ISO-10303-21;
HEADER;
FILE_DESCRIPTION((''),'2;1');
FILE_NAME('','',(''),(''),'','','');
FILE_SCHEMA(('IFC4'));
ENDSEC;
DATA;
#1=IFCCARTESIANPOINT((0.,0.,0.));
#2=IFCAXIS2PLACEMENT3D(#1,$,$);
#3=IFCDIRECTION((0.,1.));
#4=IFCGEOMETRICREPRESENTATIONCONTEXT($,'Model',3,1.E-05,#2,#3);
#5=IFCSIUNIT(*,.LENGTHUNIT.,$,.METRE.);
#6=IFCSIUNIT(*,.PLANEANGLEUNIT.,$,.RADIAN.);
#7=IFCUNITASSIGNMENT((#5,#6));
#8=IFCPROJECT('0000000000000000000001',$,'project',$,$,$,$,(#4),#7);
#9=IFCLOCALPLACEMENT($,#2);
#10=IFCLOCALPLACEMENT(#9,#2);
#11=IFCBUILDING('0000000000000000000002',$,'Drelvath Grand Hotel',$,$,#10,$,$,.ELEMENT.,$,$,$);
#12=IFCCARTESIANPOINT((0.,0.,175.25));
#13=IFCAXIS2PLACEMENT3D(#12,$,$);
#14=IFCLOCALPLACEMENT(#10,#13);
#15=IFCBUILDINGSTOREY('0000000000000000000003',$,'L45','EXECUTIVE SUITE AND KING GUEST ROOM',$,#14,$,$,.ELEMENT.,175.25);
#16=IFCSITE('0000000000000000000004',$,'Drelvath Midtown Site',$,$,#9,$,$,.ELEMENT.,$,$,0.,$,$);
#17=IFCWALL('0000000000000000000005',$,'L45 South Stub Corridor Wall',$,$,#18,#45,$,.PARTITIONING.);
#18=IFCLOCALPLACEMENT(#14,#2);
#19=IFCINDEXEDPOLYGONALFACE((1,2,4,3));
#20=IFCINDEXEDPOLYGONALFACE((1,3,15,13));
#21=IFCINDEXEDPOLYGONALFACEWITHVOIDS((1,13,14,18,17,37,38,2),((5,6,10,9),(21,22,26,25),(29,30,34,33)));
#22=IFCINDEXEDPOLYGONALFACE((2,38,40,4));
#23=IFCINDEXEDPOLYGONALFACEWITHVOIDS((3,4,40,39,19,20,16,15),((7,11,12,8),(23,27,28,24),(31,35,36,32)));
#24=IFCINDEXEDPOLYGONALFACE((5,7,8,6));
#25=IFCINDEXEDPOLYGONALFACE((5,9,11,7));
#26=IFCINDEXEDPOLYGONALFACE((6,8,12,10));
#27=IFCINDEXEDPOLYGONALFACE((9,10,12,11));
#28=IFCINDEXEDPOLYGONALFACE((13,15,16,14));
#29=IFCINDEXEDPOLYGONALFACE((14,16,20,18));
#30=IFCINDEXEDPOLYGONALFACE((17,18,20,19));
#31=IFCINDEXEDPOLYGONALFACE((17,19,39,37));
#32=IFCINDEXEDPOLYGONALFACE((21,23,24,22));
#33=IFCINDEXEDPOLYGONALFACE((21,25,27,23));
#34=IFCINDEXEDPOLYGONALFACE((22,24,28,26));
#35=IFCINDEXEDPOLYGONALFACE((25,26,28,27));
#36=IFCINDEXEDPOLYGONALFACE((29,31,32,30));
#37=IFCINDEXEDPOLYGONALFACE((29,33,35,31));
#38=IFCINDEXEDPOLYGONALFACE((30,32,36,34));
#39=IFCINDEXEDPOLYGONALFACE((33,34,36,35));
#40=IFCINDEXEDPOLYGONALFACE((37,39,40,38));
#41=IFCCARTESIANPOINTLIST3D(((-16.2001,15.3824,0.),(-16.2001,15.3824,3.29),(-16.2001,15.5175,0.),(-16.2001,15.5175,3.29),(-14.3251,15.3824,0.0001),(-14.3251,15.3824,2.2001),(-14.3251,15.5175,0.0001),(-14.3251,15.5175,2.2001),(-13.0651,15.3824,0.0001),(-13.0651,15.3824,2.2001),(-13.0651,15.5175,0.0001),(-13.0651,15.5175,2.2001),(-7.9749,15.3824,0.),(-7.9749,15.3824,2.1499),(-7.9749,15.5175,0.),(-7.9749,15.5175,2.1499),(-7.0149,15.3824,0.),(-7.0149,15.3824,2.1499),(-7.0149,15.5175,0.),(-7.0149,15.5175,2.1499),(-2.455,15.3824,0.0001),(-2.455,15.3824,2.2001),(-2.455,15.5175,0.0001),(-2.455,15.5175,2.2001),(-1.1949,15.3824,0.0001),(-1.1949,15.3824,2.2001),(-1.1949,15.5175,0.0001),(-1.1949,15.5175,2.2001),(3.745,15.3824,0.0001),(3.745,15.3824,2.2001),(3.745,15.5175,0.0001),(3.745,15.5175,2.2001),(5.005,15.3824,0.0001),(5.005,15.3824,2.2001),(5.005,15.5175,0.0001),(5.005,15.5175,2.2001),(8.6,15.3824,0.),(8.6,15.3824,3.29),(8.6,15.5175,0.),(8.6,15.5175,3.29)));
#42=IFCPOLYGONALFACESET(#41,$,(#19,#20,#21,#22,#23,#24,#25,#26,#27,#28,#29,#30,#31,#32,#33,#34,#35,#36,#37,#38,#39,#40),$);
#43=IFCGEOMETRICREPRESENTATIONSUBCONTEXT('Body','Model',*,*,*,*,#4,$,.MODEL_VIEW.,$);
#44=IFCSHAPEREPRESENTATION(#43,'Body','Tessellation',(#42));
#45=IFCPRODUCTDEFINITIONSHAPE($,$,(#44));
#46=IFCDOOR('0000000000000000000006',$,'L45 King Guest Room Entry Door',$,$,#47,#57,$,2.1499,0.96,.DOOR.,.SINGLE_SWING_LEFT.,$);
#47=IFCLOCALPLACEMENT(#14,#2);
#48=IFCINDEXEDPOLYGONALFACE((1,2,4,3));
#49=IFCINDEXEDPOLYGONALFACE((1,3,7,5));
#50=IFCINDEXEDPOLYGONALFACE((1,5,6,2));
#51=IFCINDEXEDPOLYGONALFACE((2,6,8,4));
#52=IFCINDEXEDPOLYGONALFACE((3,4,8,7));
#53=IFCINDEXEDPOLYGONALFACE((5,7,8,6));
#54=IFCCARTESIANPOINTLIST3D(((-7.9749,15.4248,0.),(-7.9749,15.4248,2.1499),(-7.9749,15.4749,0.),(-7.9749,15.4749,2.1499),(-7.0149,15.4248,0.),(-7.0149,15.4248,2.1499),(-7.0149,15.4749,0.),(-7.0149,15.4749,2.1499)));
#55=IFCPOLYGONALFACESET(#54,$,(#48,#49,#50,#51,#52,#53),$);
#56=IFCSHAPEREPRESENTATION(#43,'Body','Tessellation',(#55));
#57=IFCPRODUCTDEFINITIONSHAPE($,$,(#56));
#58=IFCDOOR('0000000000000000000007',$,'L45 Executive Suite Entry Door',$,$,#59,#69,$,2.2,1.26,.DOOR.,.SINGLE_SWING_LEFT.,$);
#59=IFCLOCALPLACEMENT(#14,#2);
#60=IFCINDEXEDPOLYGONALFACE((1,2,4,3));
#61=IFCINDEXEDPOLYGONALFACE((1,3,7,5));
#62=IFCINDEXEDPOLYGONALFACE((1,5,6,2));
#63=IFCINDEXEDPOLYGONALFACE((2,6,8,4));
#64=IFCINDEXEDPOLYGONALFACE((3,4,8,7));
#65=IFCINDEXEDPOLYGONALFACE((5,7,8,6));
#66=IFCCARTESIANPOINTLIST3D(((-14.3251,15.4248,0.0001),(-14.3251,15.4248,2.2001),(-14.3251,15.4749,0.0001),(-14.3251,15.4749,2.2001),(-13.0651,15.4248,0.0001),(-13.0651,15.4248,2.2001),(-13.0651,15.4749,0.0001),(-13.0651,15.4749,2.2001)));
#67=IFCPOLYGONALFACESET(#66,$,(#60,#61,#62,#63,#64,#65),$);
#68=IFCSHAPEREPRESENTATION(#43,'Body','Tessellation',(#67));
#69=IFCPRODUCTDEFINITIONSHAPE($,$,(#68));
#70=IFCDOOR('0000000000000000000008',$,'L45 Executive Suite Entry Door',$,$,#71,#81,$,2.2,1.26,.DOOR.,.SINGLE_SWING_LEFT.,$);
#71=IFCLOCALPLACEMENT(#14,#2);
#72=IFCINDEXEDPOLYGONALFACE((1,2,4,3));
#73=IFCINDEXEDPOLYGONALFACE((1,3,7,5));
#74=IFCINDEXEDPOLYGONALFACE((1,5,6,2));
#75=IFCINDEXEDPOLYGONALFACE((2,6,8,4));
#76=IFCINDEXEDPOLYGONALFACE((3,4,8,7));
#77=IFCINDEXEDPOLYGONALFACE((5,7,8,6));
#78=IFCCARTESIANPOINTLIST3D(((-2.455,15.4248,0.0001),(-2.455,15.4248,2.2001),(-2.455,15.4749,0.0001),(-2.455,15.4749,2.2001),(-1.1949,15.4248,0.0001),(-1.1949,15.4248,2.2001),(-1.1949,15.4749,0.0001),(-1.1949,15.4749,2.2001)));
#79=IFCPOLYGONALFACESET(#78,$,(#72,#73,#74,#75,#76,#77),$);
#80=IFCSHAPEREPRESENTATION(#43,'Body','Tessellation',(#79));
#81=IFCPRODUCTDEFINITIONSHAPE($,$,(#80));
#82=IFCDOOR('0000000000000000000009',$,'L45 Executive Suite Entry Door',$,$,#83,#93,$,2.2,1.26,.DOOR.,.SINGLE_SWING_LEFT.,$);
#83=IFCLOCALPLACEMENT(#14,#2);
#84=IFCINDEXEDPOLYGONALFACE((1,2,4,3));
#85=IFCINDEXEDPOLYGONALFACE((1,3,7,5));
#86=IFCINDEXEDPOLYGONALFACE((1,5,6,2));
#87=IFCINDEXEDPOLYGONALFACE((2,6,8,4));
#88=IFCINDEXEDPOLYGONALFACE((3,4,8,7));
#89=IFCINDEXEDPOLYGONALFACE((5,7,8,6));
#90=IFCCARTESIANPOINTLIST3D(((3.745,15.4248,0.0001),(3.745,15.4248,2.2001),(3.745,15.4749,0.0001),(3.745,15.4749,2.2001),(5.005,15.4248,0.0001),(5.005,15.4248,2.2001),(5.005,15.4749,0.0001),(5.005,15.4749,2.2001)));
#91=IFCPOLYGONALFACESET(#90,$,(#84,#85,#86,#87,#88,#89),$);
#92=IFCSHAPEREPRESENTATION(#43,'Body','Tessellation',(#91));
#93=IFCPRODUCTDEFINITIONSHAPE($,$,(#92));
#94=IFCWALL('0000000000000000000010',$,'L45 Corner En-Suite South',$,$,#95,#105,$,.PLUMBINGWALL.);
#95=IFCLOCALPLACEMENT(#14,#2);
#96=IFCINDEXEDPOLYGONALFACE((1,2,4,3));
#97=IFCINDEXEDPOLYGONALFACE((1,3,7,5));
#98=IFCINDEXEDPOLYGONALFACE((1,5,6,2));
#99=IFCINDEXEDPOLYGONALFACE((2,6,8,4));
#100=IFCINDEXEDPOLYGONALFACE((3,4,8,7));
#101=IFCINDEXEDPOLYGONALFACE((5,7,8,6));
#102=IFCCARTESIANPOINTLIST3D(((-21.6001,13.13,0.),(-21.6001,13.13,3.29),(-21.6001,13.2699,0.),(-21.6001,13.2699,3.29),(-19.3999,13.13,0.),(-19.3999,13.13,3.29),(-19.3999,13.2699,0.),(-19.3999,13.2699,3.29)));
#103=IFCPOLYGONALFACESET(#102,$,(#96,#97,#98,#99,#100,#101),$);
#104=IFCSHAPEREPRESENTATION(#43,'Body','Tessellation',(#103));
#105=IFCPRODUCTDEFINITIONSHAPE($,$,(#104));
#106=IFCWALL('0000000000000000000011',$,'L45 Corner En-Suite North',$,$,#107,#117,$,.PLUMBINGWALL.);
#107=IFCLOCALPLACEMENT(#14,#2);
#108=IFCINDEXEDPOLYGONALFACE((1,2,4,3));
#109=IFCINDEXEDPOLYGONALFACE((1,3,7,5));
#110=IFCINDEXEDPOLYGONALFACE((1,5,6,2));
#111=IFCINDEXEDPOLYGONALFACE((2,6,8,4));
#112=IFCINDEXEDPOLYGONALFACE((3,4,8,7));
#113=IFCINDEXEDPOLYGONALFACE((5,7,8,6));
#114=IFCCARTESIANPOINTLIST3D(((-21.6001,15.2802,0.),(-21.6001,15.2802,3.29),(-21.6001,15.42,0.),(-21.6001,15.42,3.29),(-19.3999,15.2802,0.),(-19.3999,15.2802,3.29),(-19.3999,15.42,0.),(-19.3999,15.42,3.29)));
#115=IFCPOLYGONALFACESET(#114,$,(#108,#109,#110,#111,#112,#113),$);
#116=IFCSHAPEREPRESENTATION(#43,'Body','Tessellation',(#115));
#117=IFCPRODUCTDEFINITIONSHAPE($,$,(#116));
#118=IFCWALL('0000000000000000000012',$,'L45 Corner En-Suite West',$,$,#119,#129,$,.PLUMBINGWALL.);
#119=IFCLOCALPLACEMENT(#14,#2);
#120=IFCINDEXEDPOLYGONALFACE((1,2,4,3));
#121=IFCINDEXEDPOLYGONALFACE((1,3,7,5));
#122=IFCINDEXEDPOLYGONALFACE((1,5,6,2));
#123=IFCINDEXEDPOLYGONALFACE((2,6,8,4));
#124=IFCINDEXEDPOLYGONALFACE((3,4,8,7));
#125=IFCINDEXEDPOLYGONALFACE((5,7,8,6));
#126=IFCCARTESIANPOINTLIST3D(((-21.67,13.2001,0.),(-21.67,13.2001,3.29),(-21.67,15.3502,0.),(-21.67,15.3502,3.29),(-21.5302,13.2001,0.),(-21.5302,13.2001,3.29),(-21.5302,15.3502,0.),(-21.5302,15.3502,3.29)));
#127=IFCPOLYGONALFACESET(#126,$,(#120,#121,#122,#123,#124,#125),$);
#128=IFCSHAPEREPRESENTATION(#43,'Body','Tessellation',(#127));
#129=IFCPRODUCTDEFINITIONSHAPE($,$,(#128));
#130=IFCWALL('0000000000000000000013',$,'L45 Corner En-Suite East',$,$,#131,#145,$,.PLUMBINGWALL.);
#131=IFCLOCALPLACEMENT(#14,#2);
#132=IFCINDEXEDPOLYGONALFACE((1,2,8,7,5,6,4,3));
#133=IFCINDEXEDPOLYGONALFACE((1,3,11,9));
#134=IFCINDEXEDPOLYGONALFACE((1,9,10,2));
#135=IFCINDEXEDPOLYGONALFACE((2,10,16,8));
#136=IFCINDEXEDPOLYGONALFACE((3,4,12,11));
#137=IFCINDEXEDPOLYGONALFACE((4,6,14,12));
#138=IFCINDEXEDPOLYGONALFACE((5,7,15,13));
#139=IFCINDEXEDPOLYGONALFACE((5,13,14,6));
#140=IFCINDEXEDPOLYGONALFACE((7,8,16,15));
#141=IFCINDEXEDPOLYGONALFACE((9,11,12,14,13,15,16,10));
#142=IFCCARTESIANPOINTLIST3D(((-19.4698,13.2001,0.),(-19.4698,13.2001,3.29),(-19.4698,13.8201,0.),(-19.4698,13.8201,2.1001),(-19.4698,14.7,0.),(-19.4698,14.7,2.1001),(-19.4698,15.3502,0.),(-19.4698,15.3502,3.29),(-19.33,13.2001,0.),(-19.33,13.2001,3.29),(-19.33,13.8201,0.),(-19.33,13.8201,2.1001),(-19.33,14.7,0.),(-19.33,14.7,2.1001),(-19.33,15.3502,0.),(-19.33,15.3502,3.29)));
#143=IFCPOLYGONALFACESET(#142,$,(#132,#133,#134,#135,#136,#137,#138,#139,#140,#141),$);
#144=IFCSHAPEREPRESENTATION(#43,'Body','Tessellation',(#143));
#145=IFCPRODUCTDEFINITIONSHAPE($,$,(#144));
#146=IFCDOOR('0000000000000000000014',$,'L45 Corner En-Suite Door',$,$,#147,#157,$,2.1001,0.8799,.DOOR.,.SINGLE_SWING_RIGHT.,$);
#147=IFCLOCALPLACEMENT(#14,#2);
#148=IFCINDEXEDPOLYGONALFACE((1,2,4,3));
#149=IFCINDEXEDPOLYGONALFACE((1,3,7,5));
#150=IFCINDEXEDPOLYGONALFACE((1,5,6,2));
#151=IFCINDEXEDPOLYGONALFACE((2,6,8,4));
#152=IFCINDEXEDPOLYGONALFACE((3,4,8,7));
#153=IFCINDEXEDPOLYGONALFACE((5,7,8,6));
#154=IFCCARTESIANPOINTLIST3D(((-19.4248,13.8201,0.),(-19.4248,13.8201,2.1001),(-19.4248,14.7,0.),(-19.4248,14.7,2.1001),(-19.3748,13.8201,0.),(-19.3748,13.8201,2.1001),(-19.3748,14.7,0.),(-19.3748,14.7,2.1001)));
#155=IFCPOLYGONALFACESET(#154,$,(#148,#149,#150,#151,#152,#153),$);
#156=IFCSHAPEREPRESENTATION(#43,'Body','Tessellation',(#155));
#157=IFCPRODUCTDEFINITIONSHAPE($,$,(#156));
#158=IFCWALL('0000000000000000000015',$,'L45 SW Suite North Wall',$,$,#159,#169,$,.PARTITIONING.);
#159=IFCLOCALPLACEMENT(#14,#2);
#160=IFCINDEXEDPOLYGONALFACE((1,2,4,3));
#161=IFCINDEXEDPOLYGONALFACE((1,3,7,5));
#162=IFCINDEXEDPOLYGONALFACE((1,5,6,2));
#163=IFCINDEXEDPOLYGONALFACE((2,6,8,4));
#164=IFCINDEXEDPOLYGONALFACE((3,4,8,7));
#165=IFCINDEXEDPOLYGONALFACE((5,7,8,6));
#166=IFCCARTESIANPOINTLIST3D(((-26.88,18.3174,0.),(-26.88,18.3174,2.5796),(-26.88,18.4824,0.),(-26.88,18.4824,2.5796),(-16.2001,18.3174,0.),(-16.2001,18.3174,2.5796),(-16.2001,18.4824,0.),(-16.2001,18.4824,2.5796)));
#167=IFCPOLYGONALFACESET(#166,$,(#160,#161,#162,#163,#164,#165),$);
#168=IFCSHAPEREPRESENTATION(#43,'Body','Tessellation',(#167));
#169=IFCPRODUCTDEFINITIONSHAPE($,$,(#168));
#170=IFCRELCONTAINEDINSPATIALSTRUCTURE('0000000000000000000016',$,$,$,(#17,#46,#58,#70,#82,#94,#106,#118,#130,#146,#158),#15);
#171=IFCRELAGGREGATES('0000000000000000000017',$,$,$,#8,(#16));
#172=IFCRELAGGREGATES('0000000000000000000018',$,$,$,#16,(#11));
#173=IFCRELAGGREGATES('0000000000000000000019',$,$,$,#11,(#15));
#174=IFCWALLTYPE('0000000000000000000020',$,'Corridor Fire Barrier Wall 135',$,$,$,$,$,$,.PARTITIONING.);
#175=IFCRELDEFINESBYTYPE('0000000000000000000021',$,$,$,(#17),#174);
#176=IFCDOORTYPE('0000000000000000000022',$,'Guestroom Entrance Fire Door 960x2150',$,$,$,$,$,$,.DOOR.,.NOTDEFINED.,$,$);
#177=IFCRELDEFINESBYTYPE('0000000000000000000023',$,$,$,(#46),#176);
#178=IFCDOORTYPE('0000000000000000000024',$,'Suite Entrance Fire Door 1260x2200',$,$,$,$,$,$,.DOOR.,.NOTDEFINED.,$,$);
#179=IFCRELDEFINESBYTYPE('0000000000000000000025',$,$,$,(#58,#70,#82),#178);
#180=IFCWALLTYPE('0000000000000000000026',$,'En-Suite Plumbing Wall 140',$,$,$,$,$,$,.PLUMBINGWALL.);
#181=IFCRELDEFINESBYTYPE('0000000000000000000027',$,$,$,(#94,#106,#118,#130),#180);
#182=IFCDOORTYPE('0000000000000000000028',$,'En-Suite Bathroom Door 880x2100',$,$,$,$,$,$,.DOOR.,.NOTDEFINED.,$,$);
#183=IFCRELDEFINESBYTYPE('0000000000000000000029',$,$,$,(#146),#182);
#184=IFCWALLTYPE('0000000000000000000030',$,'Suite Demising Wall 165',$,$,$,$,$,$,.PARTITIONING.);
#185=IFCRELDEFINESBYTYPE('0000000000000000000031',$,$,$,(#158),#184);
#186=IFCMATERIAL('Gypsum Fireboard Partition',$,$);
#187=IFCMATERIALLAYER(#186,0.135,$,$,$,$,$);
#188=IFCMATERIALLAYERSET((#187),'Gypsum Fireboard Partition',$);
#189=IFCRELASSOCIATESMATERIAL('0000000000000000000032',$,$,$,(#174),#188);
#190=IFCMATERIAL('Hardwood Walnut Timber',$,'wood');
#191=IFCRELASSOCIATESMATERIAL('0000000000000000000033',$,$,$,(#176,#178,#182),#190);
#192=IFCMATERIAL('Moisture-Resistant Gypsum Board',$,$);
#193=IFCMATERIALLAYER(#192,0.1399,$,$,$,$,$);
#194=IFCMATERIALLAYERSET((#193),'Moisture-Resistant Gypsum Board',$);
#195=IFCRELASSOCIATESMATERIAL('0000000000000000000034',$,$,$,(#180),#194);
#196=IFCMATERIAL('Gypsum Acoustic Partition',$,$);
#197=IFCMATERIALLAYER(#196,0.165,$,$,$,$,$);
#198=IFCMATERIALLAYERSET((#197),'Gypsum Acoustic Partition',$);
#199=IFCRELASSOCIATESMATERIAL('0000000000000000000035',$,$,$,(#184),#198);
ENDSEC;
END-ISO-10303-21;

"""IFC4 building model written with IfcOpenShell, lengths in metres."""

from ifc_helpers import new_model, si_unit, direction, frame, frame_2d, origin, place, context, subcontext, project, spatial, rectangle, extrude, material, layer, layer_set, type_object, element, fill, save


model = new_model("IFC4")

# Units and contexts
model_context = context("Model", 3, precision=1e-05, world=origin(), true_north=direction((0.0, 1.0)))
body_context = subcontext(model_context, "Body", "Model", "MODEL_VIEW")
ifc_project = project(units=[si_unit("LENGTHUNIT", "METRE"), si_unit("PLANEANGLEUNIT", "RADIAN")], contexts=[model_context])

# Site, building, storey
site_placement = place(None, origin())
site = spatial("IfcSite", under=ifc_project, at=site_placement, Name="Drelvath Midtown Site", CompositionType="ELEMENT", RefElevation=0.0)
building_placement = place(site_placement, origin())
building = spatial("IfcBuilding", under=site, at=building_placement, Name="Drelvath Grand Hotel", CompositionType="ELEMENT")
storey_placement = place(building_placement, frame((0.0, 0.0, 175.25)))
storey = spatial("IfcBuildingStorey", under=building, at=storey_placement, Name="L45", Description="EXECUTIVE SUITE AND KING GUEST ROOM", CompositionType="ELEMENT", Elevation=175.25)

# Wall, openings, doors
ifc_material_1 = material(Name="Gypsum Fireboard Partition")
ifc_layer_1 = layer(ifc_material_1, 0.135)
ifc_layer_set_1 = layer_set([ifc_layer_1], Name="Gypsum Fireboard Partition")
wall_type_1 = type_object("IfcWallType", Name="Corridor Fire Barrier Wall 135", PredefinedType="PARTITIONING", material=ifc_layer_set_1)
wall_1_placement = place(storey_placement, frame((-16.2, 15.45, 0.0), z_axis=(0.0, 0.0, 1.0), x_axis=(1.0, 0.0, 0.0)))
wall_1 = element("IfcWall", 1, at=wall_1_placement, inside=storey, type_object=wall_type_1, Name="L45 South Stub Corridor Wall", PredefinedType="PARTITIONING", context=body_context, shape_type="SweptSolid", body=[
    extrude(rectangle(XDim=24.8, YDim=0.135, at=frame_2d((12.3999, 0.0))), origin(), (0.0, 0.0, 1.0), 3.29),
])
opening_1_placement = place(wall_1_placement, frame((1.875, 0.0, 0.0)))
opening_1 = element("IfcOpeningElement", 2, at=opening_1_placement, cuts=wall_1, PredefinedType="OPENING", context=body_context, shape_type="SweptSolid", body=[
    extrude(rectangle(XDim=1.26, YDim=2.2, at=frame_2d((0.6299, 1.1001))), frame((0.0, 0.0774, 0.0), z_axis=(0.0, -1.0, 0.0), x_axis=(1.0, 0.0, 0.0)), (0.0, 0.0, 1.0), 0.155),
])
opening_2_placement = place(wall_1_placement, frame((8.2251, 0.0, 0.0)))
opening_2 = element("IfcOpeningElement", 3, at=opening_2_placement, cuts=wall_1, PredefinedType="OPENING", context=body_context, shape_type="SweptSolid", body=[
    extrude(rectangle(XDim=0.96, YDim=2.1499, at=frame_2d((0.48, 1.075))), frame((0.0, 0.0774, 0.0), z_axis=(0.0, -1.0, 0.0), x_axis=(1.0, 0.0, 0.0)), (0.0, 0.0, 1.0), 0.155),
])
opening_3_placement = place(wall_1_placement, frame((13.7451, 0.0, 0.0)))
opening_3 = element("IfcOpeningElement", 4, at=opening_3_placement, cuts=wall_1, PredefinedType="OPENING", context=body_context, shape_type="SweptSolid", body=[
    extrude(rectangle(XDim=1.26, YDim=2.2, at=frame_2d((0.6299, 1.1001))), frame((0.0, 0.0774, 0.0), z_axis=(0.0, -1.0, 0.0), x_axis=(1.0, 0.0, 0.0)), (0.0, 0.0, 1.0), 0.155),
])
opening_4_placement = place(wall_1_placement, frame((19.9451, 0.0, 0.0)))
opening_4 = element("IfcOpeningElement", 5, at=opening_4_placement, cuts=wall_1, PredefinedType="OPENING", context=body_context, shape_type="SweptSolid", body=[
    extrude(rectangle(XDim=1.26, YDim=2.2, at=frame_2d((0.6299, 1.1001))), frame((0.0, 0.0774, 0.0), z_axis=(0.0, -1.0, 0.0), x_axis=(1.0, 0.0, 0.0)), (0.0, 0.0, 1.0), 0.155),
])
ifc_material_2 = material(Name="Hardwood Walnut Timber", Category="wood")
door_type_1 = type_object("IfcDoorType", Name="Guestroom Entrance Fire Door 960x2150", OperationType="NOTDEFINED", PredefinedType="DOOR", material=ifc_material_2)
door_1_placement = place(opening_2_placement, origin())
door_1 = element("IfcDoor", 6, at=door_1_placement, inside=storey, type_object=door_type_1, Name="L45 King Guest Room Entry Door", OperationType="SINGLE_SWING_LEFT", OverallHeight=2.1499, OverallWidth=0.96, PredefinedType="DOOR", context=body_context, shape_type="SweptSolid", body=[
    extrude(rectangle(XDim=0.96, YDim=2.1499, at=frame_2d((0.48, 1.075))), frame((0.0, 0.0249, 0.0), z_axis=(0.0, -1.0, 0.0), x_axis=(1.0, 0.0, 0.0)), (0.0, 0.0, 1.0), 0.05),
])
fill(opening_2, door_1)
door_type_2 = type_object("IfcDoorType", Name="Suite Entrance Fire Door 1260x2200", OperationType="NOTDEFINED", PredefinedType="DOOR", material=ifc_material_2)
door_2_placement = place(opening_1_placement, origin())
door_2 = element("IfcDoor", 7, at=door_2_placement, inside=storey, type_object=door_type_2, Name="L45 Executive Suite Entry Door", OperationType="SINGLE_SWING_LEFT", OverallHeight=2.2, OverallWidth=1.26, PredefinedType="DOOR", context=body_context, shape_type="SweptSolid", body=[
    extrude(rectangle(XDim=1.26, YDim=2.2, at=frame_2d((0.6299, 1.1001))), frame((0.0, 0.0249, 0.0), z_axis=(0.0, -1.0, 0.0), x_axis=(1.0, 0.0, 0.0)), (0.0, 0.0, 1.0), 0.05),
])
fill(opening_1, door_2)
door_3_placement = place(opening_3_placement, origin())
door_3 = element("IfcDoor", 8, at=door_3_placement, inside=storey, type_object=door_type_2, Name="L45 Executive Suite Entry Door", OperationType="SINGLE_SWING_LEFT", OverallHeight=2.2, OverallWidth=1.26, PredefinedType="DOOR", context=body_context, shape_type="SweptSolid", body=[
    extrude(rectangle(XDim=1.26, YDim=2.2, at=frame_2d((0.6299, 1.1001))), frame((0.0, 0.0249, 0.0), z_axis=(0.0, -1.0, 0.0), x_axis=(1.0, 0.0, 0.0)), (0.0, 0.0, 1.0), 0.05),
])
fill(opening_3, door_3)
door_4_placement = place(opening_4_placement, origin())
door_4 = element("IfcDoor", 9, at=door_4_placement, inside=storey, type_object=door_type_2, Name="L45 Executive Suite Entry Door", OperationType="SINGLE_SWING_LEFT", OverallHeight=2.2, OverallWidth=1.26, PredefinedType="DOOR", context=body_context, shape_type="SweptSolid", body=[
    extrude(rectangle(XDim=1.26, YDim=2.2, at=frame_2d((0.6299, 1.1001))), frame((0.0, 0.0249, 0.0), z_axis=(0.0, -1.0, 0.0), x_axis=(1.0, 0.0, 0.0)), (0.0, 0.0, 1.0), 0.05),
])
fill(opening_4, door_4)

# Walls
ifc_material_3 = material(Name="Moisture-Resistant Gypsum Board")
ifc_layer_2 = layer(ifc_material_3, 0.1399)
ifc_layer_set_2 = layer_set([ifc_layer_2], Name="Moisture-Resistant Gypsum Board")
wall_type_2 = type_object("IfcWallType", Name="En-Suite Plumbing Wall 140", PredefinedType="PLUMBINGWALL", material=ifc_layer_set_2)
for number, where, z_axis, x_axis, name in (
    (10, (-21.6001, 13.2, 0.0), (0.0, 0.0, 1.0), (1.0, 0.0, 0.0), "L45 Corner En-Suite South"),
    (11, (-21.6001, 15.3501, 0.0), (0.0, 0.0, 1.0), (1.0, 0.0, 0.0), "L45 Corner En-Suite North"),
):
    element("IfcWall", number, at=place(storey_placement, frame(where, z_axis=z_axis, x_axis=x_axis)), inside=storey, type_object=wall_type_2, Name=name, PredefinedType="PLUMBINGWALL", context=body_context, shape_type="SweptSolid", body=[
        extrude(rectangle(XDim=2.2002, YDim=0.1399, at=frame_2d((1.1001, 0.0))), origin(), (0.0, 0.0, 1.0), 3.29),
    ])
wall_2_placement = place(storey_placement, frame((-21.6001, 13.2, 0.0), z_axis=(0.0, 0.0, 1.0), x_axis=(0.0, 1.0, 0.0)))
element("IfcWall", 12, at=wall_2_placement, inside=storey, type_object=wall_type_2, Name="L45 Corner En-Suite West", PredefinedType="PLUMBINGWALL", context=body_context, shape_type="SweptSolid", body=[
    extrude(rectangle(XDim=2.1501, YDim=0.1399, at=frame_2d((1.0752, 0.0))), origin(), (0.0, 0.0, 1.0), 3.29),
])

# Wall, opening, door
wall_3_placement = place(storey_placement, frame((-19.3999, 13.2, 0.0), z_axis=(0.0, 0.0, 1.0), x_axis=(0.0, 1.0, 0.0)))
wall_3 = element("IfcWall", 13, at=wall_3_placement, inside=storey, type_object=wall_type_2, Name="L45 Corner En-Suite East", PredefinedType="PLUMBINGWALL", context=body_context, shape_type="SweptSolid", body=[
    extrude(rectangle(XDim=2.1501, YDim=0.1399, at=frame_2d((1.0752, 0.0))), origin(), (0.0, 0.0, 1.0), 3.29),
])
opening_5_placement = place(wall_3_placement, frame((0.6201, 0.0, 0.0)))
opening_5 = element("IfcOpeningElement", 14, at=opening_5_placement, cuts=wall_3, PredefinedType="OPENING", context=body_context, shape_type="SweptSolid", body=[
    extrude(rectangle(XDim=0.8799, YDim=2.1001, at=frame_2d((0.4399, 1.05))), frame((0.0, 0.0798, 0.0), z_axis=(0.0, -1.0, 0.0), x_axis=(1.0, 0.0, 0.0)), (0.0, 0.0, 1.0), 0.1599),
])
door_type_3 = type_object("IfcDoorType", Name="En-Suite Bathroom Door 880x2100", OperationType="NOTDEFINED", PredefinedType="DOOR", material=ifc_material_2)
door_5_placement = place(opening_5_placement, origin())
door_5 = element("IfcDoor", 15, at=door_5_placement, inside=storey, type_object=door_type_3, Name="L45 Corner En-Suite Door", OperationType="SINGLE_SWING_RIGHT", OverallHeight=2.1001, OverallWidth=0.8799, PredefinedType="DOOR", context=body_context, shape_type="SweptSolid", body=[
    extrude(rectangle(XDim=0.8799, YDim=2.1001, at=frame_2d((0.4399, 1.05))), frame((0.0, 0.0249, 0.0), z_axis=(0.0, -1.0, 0.0), x_axis=(1.0, 0.0, 0.0)), (0.0, 0.0, 1.0), 0.05),
])
fill(opening_5, door_5)

# Wall
ifc_material_4 = material(Name="Gypsum Acoustic Partition")
ifc_layer_3 = layer(ifc_material_4, 0.165)
ifc_layer_set_3 = layer_set([ifc_layer_3], Name="Gypsum Acoustic Partition")
wall_type_3 = type_object("IfcWallType", Name="Suite Demising Wall 165", PredefinedType="PARTITIONING", material=ifc_layer_set_3)
wall_4_placement = place(storey_placement, frame((-26.8799, 18.3999, 0.0), z_axis=(0.0, 0.0, 1.0), x_axis=(1.0, 0.0, 0.0)))
element("IfcWall", 16, at=wall_4_placement, inside=storey, type_object=wall_type_3, Name="L45 SW Suite North Wall", PredefinedType="PARTITIONING", context=body_context, shape_type="SweptSolid", body=[
    extrude(rectangle(XDim=10.6799, YDim=0.165, at=frame_2d((5.3398, 0.0))), origin(), (0.0, 0.0, 1.0), 2.5796),
])

save(model, "model.ifc")
